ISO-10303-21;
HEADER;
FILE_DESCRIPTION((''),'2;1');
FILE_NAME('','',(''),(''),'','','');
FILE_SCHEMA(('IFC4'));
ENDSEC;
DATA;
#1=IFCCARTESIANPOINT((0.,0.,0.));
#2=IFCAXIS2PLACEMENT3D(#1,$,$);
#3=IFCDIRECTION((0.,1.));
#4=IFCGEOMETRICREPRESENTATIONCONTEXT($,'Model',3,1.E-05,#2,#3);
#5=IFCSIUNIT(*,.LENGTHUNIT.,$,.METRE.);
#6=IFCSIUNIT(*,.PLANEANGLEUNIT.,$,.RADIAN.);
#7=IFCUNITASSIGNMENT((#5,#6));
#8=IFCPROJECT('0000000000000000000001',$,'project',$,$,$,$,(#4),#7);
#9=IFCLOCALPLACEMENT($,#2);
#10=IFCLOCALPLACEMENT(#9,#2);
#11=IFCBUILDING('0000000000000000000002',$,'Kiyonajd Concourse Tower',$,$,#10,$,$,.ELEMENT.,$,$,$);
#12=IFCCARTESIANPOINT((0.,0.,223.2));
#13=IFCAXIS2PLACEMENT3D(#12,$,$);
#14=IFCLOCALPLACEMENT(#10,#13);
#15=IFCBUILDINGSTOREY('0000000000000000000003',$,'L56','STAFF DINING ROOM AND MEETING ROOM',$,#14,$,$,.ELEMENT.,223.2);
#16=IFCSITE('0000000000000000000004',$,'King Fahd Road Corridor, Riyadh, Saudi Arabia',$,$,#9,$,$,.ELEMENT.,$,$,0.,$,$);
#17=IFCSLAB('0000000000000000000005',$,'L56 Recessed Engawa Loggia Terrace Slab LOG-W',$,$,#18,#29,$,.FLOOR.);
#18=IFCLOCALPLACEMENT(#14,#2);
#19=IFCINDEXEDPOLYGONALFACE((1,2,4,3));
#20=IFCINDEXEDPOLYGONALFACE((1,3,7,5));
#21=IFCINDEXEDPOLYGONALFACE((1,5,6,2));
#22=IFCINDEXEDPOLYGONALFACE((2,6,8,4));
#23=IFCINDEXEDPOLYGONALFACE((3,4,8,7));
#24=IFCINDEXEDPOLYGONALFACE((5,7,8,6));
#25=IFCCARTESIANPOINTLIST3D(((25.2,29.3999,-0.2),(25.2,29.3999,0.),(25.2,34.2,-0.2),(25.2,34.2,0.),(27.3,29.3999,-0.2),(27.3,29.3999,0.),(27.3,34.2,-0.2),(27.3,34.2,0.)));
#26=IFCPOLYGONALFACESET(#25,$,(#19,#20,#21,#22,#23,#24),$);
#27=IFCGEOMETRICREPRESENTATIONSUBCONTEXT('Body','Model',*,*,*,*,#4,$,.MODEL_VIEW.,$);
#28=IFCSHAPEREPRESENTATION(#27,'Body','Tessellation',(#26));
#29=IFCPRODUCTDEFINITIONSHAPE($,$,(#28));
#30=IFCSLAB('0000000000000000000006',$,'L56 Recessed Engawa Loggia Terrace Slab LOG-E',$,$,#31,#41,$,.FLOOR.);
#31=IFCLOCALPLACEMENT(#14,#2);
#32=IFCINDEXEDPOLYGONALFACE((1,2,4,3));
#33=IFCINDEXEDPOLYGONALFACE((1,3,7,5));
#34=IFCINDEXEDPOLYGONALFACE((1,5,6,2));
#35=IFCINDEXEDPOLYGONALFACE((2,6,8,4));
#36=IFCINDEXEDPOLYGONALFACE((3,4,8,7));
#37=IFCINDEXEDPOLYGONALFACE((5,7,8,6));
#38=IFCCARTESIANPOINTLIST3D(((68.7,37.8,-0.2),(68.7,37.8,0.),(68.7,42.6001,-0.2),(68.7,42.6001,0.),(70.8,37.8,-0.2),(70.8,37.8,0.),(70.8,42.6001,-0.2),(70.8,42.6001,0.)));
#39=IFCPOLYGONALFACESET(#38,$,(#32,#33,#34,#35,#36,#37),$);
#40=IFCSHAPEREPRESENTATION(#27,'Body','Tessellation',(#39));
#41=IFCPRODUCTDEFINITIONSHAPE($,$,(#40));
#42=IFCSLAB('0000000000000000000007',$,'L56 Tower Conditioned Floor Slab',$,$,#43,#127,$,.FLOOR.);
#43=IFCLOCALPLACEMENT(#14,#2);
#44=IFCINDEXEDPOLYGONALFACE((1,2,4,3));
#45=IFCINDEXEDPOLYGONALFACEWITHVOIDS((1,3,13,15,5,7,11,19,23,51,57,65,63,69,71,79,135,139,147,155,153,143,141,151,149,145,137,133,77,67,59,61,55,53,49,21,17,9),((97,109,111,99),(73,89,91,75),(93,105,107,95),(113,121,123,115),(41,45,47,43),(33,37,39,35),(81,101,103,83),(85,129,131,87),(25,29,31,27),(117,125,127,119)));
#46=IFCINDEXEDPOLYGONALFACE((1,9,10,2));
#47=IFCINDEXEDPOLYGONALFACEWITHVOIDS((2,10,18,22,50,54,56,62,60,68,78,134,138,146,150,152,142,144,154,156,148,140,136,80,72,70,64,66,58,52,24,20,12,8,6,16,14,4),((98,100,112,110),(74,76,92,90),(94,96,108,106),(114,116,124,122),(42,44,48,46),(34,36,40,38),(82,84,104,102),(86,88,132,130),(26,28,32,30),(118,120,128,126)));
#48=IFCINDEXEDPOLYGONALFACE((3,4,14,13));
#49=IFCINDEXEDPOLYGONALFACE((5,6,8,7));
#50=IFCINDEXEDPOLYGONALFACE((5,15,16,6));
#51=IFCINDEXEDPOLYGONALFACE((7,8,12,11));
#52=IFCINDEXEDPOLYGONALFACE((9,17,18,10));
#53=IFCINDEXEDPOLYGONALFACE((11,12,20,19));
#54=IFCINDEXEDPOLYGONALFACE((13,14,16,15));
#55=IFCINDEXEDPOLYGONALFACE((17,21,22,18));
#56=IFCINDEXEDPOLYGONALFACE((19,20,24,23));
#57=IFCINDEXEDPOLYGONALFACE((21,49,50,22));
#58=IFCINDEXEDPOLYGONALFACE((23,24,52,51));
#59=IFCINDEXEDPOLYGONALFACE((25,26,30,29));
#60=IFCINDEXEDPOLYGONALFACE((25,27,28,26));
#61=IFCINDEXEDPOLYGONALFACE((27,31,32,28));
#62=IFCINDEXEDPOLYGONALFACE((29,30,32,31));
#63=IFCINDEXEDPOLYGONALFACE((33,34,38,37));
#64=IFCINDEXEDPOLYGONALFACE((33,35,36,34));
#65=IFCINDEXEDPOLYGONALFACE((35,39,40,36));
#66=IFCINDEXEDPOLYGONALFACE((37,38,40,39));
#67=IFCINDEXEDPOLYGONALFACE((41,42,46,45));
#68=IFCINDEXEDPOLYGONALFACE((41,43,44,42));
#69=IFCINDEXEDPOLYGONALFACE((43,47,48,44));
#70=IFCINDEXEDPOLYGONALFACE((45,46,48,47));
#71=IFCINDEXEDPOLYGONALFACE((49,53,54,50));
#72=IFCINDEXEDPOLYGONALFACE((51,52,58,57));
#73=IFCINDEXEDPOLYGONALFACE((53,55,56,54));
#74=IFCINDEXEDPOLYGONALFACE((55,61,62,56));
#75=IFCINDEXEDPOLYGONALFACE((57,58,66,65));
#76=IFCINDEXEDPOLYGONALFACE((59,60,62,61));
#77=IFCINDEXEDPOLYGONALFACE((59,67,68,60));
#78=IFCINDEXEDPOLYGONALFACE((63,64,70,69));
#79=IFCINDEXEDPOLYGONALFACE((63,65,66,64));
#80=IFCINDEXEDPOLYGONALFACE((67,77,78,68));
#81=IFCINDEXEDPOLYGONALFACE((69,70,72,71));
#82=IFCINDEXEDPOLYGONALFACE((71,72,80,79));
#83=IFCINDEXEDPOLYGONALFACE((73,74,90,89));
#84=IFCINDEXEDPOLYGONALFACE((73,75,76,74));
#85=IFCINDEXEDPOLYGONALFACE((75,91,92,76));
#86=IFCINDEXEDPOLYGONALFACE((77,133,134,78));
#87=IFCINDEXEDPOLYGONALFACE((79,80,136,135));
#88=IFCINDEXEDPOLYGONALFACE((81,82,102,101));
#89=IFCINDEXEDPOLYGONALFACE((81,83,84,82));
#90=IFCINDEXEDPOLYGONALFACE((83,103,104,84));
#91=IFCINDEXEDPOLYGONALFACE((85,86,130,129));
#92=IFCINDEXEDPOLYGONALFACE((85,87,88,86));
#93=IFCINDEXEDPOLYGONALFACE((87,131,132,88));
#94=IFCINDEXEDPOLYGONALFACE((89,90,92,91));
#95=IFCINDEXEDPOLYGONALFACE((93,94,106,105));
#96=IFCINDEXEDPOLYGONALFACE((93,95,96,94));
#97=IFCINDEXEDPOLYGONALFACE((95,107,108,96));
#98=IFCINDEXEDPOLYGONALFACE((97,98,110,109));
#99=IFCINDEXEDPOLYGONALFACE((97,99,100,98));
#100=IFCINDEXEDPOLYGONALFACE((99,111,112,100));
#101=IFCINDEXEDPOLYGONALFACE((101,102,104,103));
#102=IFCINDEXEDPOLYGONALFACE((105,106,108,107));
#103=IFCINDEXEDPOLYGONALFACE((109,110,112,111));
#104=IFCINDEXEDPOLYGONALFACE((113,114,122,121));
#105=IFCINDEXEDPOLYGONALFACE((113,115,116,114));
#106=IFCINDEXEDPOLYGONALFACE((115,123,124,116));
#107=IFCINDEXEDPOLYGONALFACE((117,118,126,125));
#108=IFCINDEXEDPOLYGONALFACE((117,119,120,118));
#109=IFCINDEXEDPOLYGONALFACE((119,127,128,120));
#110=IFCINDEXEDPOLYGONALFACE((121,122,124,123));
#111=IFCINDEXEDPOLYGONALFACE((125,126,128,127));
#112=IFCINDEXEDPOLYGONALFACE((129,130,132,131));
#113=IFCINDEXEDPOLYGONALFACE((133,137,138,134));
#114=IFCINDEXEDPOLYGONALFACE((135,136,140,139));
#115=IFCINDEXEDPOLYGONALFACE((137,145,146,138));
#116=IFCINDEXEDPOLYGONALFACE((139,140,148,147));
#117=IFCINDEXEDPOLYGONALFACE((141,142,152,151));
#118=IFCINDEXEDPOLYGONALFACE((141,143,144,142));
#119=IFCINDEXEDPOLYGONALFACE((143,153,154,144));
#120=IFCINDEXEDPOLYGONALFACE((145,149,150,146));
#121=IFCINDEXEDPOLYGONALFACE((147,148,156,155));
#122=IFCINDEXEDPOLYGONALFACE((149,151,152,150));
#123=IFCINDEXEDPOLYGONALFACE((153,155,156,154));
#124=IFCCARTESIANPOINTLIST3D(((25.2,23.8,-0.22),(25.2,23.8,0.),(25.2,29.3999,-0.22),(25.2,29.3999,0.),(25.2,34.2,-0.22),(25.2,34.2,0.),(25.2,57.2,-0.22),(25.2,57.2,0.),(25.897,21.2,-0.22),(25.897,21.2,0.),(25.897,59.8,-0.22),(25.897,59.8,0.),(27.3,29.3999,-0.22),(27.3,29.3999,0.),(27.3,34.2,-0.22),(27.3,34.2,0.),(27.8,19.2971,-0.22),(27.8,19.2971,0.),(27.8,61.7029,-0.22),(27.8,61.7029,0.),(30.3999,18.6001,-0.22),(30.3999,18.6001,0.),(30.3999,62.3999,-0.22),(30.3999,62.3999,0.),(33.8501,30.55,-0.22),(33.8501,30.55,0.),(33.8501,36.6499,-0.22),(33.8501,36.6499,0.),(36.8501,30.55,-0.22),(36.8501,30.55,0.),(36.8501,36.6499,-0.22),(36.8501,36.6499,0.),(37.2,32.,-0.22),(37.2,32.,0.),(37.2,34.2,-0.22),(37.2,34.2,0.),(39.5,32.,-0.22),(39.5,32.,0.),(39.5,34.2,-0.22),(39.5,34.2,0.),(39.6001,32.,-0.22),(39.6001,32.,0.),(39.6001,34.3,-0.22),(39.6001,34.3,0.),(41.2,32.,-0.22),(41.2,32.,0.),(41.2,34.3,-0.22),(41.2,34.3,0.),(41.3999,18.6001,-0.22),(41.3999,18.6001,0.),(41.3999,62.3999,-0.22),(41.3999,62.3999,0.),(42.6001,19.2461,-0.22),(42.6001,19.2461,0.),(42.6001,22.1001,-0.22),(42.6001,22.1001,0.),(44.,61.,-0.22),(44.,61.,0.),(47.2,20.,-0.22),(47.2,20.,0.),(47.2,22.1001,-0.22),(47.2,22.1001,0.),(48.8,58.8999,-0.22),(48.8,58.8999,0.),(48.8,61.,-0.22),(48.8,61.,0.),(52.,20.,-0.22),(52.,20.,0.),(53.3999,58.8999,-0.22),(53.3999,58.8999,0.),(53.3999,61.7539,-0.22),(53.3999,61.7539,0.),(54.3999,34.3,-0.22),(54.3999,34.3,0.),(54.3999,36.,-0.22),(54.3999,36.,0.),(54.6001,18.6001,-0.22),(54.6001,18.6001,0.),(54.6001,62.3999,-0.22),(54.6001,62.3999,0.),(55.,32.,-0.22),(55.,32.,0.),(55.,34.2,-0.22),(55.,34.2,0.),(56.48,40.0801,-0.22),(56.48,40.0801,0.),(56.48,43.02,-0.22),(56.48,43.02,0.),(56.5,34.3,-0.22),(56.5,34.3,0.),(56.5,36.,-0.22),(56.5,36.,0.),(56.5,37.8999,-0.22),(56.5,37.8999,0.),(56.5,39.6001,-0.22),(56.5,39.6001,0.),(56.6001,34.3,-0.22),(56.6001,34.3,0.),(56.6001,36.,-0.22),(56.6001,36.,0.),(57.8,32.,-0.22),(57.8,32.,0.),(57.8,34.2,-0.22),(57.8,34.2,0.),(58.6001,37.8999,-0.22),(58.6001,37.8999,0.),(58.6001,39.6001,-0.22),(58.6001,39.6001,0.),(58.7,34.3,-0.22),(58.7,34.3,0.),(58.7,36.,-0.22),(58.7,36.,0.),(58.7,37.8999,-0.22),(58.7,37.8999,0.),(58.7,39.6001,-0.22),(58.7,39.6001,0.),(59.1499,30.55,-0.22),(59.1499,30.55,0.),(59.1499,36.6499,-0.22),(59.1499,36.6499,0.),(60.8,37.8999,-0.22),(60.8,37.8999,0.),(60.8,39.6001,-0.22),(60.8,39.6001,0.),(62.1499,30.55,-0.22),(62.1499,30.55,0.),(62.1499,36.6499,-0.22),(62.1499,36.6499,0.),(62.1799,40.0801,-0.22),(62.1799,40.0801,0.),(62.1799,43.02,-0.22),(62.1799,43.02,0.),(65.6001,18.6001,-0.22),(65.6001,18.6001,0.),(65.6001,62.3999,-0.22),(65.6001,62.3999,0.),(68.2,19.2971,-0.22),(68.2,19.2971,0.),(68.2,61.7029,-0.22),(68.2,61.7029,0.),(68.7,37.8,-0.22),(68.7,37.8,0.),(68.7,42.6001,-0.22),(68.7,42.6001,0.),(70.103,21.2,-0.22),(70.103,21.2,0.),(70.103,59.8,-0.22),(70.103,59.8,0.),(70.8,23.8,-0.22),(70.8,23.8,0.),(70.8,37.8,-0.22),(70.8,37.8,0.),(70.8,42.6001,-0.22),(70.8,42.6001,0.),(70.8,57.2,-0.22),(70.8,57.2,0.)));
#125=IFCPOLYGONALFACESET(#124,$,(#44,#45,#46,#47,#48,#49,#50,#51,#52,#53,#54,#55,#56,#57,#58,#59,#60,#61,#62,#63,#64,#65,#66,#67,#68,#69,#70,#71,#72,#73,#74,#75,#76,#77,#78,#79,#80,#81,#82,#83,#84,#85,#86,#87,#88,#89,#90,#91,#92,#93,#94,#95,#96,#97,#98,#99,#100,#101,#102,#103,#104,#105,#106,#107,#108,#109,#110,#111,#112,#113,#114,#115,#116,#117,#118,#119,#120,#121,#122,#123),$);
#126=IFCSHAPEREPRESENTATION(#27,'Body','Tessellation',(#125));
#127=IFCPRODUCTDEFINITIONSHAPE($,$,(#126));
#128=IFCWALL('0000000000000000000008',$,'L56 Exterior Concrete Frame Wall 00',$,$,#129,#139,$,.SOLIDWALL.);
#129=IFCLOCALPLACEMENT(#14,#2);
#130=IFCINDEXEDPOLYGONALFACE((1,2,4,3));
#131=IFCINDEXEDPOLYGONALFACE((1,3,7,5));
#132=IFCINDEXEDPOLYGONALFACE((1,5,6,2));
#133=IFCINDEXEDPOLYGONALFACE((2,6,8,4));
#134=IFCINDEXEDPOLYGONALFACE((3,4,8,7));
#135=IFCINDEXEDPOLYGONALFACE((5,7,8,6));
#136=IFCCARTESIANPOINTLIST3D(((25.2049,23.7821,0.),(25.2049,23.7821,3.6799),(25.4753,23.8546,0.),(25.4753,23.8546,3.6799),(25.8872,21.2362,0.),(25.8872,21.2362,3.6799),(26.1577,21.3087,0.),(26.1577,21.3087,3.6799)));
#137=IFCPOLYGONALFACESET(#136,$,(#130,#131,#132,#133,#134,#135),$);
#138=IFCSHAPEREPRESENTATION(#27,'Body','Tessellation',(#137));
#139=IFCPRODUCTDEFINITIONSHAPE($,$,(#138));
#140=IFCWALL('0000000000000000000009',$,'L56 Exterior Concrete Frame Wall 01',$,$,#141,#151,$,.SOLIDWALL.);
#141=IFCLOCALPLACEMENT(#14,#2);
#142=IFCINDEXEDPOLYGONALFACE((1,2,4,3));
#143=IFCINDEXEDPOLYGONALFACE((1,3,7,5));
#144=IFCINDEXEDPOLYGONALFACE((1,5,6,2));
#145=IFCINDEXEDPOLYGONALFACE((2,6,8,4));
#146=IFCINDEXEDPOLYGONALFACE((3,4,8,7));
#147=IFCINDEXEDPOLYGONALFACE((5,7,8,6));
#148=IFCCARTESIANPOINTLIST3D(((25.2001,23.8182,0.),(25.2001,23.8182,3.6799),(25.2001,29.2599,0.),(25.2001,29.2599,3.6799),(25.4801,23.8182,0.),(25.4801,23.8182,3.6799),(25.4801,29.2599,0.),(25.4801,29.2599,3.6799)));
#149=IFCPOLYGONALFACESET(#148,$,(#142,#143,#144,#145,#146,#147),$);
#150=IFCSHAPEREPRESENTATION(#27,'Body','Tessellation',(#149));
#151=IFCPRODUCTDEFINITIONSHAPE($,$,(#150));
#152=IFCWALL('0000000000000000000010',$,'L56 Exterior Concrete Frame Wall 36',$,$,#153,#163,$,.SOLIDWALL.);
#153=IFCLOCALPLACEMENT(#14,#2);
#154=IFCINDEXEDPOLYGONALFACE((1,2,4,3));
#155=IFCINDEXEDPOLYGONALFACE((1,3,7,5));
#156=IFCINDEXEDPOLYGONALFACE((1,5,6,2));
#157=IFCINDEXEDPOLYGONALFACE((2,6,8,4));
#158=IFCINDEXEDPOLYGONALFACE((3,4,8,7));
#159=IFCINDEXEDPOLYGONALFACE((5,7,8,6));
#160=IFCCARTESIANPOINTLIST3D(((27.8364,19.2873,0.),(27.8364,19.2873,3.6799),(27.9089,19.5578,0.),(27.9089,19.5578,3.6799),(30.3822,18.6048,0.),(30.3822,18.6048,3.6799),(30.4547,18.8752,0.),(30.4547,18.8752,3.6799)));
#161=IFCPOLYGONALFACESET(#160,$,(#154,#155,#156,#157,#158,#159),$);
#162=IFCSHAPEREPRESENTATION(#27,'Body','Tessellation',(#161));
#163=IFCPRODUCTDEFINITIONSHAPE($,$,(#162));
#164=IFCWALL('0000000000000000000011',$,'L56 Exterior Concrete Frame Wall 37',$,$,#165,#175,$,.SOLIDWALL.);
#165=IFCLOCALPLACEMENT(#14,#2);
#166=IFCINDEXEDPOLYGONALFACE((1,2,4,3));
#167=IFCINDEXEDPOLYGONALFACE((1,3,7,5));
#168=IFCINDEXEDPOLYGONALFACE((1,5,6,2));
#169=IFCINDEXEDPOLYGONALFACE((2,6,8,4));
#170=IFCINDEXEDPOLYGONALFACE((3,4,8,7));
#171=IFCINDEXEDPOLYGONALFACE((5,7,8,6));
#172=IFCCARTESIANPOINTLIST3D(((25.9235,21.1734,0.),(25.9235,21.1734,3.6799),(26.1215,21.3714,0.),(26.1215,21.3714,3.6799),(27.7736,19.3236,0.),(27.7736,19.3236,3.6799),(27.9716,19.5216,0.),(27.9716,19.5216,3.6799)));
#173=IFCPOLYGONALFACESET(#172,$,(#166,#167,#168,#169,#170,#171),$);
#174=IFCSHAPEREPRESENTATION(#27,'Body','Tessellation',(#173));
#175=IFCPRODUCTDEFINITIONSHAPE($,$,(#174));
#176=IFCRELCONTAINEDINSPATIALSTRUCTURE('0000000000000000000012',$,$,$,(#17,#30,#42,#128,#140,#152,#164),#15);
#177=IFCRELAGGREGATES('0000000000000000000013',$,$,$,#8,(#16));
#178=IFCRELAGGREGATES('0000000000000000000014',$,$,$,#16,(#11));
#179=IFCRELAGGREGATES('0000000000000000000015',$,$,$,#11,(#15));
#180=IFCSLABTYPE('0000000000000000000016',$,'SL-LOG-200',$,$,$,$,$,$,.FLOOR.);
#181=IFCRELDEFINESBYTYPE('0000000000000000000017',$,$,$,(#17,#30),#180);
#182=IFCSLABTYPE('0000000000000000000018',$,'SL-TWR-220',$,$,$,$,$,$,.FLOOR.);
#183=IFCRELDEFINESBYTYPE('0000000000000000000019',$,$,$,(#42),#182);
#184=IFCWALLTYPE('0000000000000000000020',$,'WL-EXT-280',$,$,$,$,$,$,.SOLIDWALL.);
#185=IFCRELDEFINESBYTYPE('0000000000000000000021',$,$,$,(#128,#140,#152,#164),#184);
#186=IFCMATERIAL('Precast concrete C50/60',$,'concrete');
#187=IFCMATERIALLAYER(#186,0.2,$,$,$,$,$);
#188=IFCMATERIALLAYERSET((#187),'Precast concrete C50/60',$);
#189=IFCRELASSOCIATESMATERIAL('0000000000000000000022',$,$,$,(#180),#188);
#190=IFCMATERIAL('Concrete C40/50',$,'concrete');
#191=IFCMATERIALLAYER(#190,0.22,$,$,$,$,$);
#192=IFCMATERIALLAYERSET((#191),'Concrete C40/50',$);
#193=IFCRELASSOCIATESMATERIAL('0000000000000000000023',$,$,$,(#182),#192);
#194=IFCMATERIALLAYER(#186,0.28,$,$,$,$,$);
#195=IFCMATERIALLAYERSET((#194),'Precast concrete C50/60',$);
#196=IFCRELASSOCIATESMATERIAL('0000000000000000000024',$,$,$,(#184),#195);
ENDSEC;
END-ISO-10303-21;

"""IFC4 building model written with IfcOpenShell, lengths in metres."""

from ifc_helpers import new_model, si_unit, direction, frame, frame_2d, origin, place, context, subcontext, project, spatial, polyline, rectangle, outline, extrude, material, layer, layer_set, type_object, element, save


model = new_model("IFC4")

# Units and contexts
model_context = context("Model", 3, precision=1e-05, world=origin(), true_north=direction((0.0, 1.0)))
body_context = subcontext(model_context, "Body", "Model", "MODEL_VIEW")
ifc_project = project(units=[si_unit("LENGTHUNIT", "METRE"), si_unit("PLANEANGLEUNIT", "RADIAN")], contexts=[model_context])

# Site, building, storey
site_placement = place(None, origin())
site = spatial("IfcSite", under=ifc_project, at=site_placement, Name="King Fahd Road Corridor, Riyadh, Saudi Arabia", CompositionType="ELEMENT", RefElevation=0.0)
building_placement = place(site_placement, origin())
building = spatial("IfcBuilding", under=site, at=building_placement, Name="Kiyonajd Concourse Tower", CompositionType="ELEMENT")
storey_placement = place(building_placement, frame((0.0, 0.0, 223.2)))
storey = spatial("IfcBuildingStorey", under=building, at=storey_placement, Name="L56", Description="STAFF DINING ROOM AND MEETING ROOM", CompositionType="ELEMENT", Elevation=223.2)

# Shared definitions
ifc_material_1 = material(Name="Concrete C40/50", Category="concrete")

# Slabs
ifc_material_2 = material(Name="Precast concrete C50/60", Category="concrete")
ifc_layer_1 = layer(ifc_material_2, 0.2)
ifc_layer_set_1 = layer_set([ifc_layer_1], Name="Precast concrete C50/60")
slab_type_1 = type_object("IfcSlabType", Name="SL-LOG-200", PredefinedType="FLOOR", material=ifc_layer_set_1)
slab_1_placement = place(storey_placement, frame((0.0, 0.0, -0.2)))
element("IfcSlab", 1, at=slab_1_placement, inside=storey, type_object=slab_type_1, Name="L56 Recessed Engawa Loggia Terrace Slab LOG-W", PredefinedType="FLOOR", context=body_context, shape_type="SweptSolid", body=[
    extrude(outline(polyline([(25.2, 29.3999), (27.3, 29.3999), (27.3, 34.2), (25.2, 34.2), (25.2, 29.3999)])), origin(), (0.0, 0.0, 1.0), 0.2),
])
slab_2_placement = place(storey_placement, frame((0.0, 0.0, -0.2)))
element("IfcSlab", 2, at=slab_2_placement, inside=storey, type_object=slab_type_1, Name="L56 Recessed Engawa Loggia Terrace Slab LOG-E", PredefinedType="FLOOR", context=body_context, shape_type="SweptSolid", body=[
    extrude(outline(polyline([(68.7, 37.8), (70.8, 37.8), (70.8, 42.6001), (68.7, 42.6001), (68.7, 37.8)])), origin(), (0.0, 0.0, 1.0), 0.2),
])
ifc_layer_2 = layer(ifc_material_1, 0.22)
ifc_layer_set_2 = layer_set([ifc_layer_2], Name="Concrete C40/50")
slab_type_2 = type_object("IfcSlabType", Name="SL-TWR-220", PredefinedType="FLOOR", material=ifc_layer_set_2)
slab_3_placement = place(storey_placement, frame((0.0, 0.0, -0.22)))
element("IfcSlab", 3, at=slab_3_placement, inside=storey, type_object=slab_type_2, Name="L56 Tower Conditioned Floor Slab", PredefinedType="FLOOR", context=body_context, shape_type="SweptSolid", body=[
    extrude(outline(polyline([(25.897, 21.2), (25.2, 23.8), (25.2, 29.3999), (27.3, 29.3999), (27.3, 34.2), (25.2, 34.2), (25.2, 57.2), (25.897, 59.8), (27.8, 61.7029), (30.3999, 62.3999), (41.3999, 62.3999), (44.0, 61.0), (48.8, 61.0), (48.8, 58.8999), (53.3999, 58.8999), (53.3999, 61.7539), (54.6001, 62.3999), (65.6001, 62.3999), (68.2, 61.7029), (70.103, 59.8), (70.8, 57.2), (70.8, 42.6001), (68.7, 42.6001), (68.7, 37.8), (70.8, 37.8), (70.8, 23.8), (70.103, 21.2), (68.2, 19.2971), (65.6001, 18.6001), (54.6001, 18.6001), (52.0, 20.0), (47.2, 20.0), (47.2, 22.1001), (42.6001, 22.1001), (42.6001, 19.2461), (41.3999, 18.6001), (30.3999, 18.6001), (27.8, 19.2971), (25.897, 21.2)]), holes=[polyline([(39.5, 32.0), (37.2, 32.0), (37.2, 34.2), (39.5, 34.2), (39.5, 32.0)]), polyline([(57.8, 32.0), (55.0, 32.0), (55.0, 34.2), (57.8, 34.2), (57.8, 32.0)]), polyline([(41.2, 32.0), (39.6001, 32.0), (39.6001, 34.3), (41.2, 34.3), (41.2, 32.0)]), polyline([(33.8501, 30.55), (33.8501, 36.6499), (36.8501, 36.6499), (36.8501, 30.55), (33.8501, 30.55)]), polyline([(59.1499, 30.55), (59.1499, 36.6499), (62.1499, 36.6499), (62.1499, 30.55), (59.1499, 30.55)]), polyline([(56.5, 34.3), (54.3999, 34.3), (54.3999, 36.0), (56.5, 36.0), (56.5, 34.3)]), polyline([(58.7, 34.3), (56.6001, 34.3), (56.6001, 36.0), (58.7, 36.0), (58.7, 34.3)]), polyline([(58.6001, 37.8999), (56.5, 37.8999), (56.5, 39.6001), (58.6001, 39.6001), (58.6001, 37.8999)]), polyline([(58.7, 37.8999), (58.7, 39.6001), (60.8, 39.6001), (60.8, 37.8999), (58.7, 37.8999)]), polyline([(56.48, 43.02), (62.1799, 43.02), (62.1799, 40.0801), (56.48, 40.0801), (56.48, 43.02)])]), origin(), (0.0, 0.0, 1.0), 0.22),
])

# Walls
ifc_layer_3 = layer(ifc_material_2, 0.28)
ifc_layer_set_3 = layer_set([ifc_layer_3], Name="Precast concrete C50/60")
wall_type_1 = type_object("IfcWallType", Name="WL-EXT-280", PredefinedType="SOLIDWALL", material=ifc_layer_set_3)
wall_1_placement = place(storey_placement, frame((26.0225, 21.2725, 0.0), z_axis=(0.0, 0.0, 1.0), x_axis=(-0.25889, 0.965907, 0.0)))
element("IfcWall", 4, at=wall_1_placement, inside=storey, type_object=wall_type_1, Name="L56 Exterior Concrete Frame Wall 00", PredefinedType="SOLIDWALL", context=body_context, shape_type="SweptSolid", body=[
    extrude(rectangle(XDim=2.6357, YDim=0.28, at=frame_2d((1.3179, 0.0))), origin(), (0.0, 0.0, 1.0), 3.6799),
])
wall_2_placement = place(storey_placement, frame((25.3401, 23.8184, 0.0), z_axis=(0.0, 0.0, 1.0), x_axis=(0.0, 1.0, 0.0)))
element("IfcWall", 5, at=wall_2_placement, inside=storey, type_object=wall_type_1, Name="L56 Exterior Concrete Frame Wall 01", PredefinedType="SOLIDWALL", context=body_context, shape_type="SweptSolid", body=[
    extrude(rectangle(XDim=5.4417, YDim=0.28, at=frame_2d((2.7207, 0.0))), origin(), (0.0, 0.0, 1.0), 3.6799),
])
wall_3_placement = place(storey_placement, frame((30.4185, 18.74, 0.0), z_axis=(0.0, 0.0, 1.0), x_axis=(-0.965884, 0.258977, 0.0)))
element("IfcWall", 6, at=wall_3_placement, inside=storey, type_object=wall_type_1, Name="L56 Exterior Concrete Frame Wall 36", PredefinedType="SOLIDWALL", context=body_context, shape_type="SweptSolid", body=[
    extrude(rectangle(XDim=2.6357, YDim=0.28, at=frame_2d((1.3179, 0.0))), origin(), (0.0, 0.0, 1.0), 3.6799),
])
wall_4_placement = place(storey_placement, frame((27.8726, 19.4226, 0.0), z_axis=(0.0, 0.0, 1.0), x_axis=(-0.707153, 0.70706, 0.0)))
element("IfcWall", 7, at=wall_4_placement, inside=storey, type_object=wall_type_1, Name="L56 Exterior Concrete Frame Wall 37", PredefinedType="SOLIDWALL", context=body_context, shape_type="SweptSolid", body=[
    extrude(rectangle(XDim=2.6162, YDim=0.28, at=frame_2d((1.3081, 0.0))), origin(), (0.0, 0.0, 1.0), 3.6799),
])

save(model, "model.ifc")
